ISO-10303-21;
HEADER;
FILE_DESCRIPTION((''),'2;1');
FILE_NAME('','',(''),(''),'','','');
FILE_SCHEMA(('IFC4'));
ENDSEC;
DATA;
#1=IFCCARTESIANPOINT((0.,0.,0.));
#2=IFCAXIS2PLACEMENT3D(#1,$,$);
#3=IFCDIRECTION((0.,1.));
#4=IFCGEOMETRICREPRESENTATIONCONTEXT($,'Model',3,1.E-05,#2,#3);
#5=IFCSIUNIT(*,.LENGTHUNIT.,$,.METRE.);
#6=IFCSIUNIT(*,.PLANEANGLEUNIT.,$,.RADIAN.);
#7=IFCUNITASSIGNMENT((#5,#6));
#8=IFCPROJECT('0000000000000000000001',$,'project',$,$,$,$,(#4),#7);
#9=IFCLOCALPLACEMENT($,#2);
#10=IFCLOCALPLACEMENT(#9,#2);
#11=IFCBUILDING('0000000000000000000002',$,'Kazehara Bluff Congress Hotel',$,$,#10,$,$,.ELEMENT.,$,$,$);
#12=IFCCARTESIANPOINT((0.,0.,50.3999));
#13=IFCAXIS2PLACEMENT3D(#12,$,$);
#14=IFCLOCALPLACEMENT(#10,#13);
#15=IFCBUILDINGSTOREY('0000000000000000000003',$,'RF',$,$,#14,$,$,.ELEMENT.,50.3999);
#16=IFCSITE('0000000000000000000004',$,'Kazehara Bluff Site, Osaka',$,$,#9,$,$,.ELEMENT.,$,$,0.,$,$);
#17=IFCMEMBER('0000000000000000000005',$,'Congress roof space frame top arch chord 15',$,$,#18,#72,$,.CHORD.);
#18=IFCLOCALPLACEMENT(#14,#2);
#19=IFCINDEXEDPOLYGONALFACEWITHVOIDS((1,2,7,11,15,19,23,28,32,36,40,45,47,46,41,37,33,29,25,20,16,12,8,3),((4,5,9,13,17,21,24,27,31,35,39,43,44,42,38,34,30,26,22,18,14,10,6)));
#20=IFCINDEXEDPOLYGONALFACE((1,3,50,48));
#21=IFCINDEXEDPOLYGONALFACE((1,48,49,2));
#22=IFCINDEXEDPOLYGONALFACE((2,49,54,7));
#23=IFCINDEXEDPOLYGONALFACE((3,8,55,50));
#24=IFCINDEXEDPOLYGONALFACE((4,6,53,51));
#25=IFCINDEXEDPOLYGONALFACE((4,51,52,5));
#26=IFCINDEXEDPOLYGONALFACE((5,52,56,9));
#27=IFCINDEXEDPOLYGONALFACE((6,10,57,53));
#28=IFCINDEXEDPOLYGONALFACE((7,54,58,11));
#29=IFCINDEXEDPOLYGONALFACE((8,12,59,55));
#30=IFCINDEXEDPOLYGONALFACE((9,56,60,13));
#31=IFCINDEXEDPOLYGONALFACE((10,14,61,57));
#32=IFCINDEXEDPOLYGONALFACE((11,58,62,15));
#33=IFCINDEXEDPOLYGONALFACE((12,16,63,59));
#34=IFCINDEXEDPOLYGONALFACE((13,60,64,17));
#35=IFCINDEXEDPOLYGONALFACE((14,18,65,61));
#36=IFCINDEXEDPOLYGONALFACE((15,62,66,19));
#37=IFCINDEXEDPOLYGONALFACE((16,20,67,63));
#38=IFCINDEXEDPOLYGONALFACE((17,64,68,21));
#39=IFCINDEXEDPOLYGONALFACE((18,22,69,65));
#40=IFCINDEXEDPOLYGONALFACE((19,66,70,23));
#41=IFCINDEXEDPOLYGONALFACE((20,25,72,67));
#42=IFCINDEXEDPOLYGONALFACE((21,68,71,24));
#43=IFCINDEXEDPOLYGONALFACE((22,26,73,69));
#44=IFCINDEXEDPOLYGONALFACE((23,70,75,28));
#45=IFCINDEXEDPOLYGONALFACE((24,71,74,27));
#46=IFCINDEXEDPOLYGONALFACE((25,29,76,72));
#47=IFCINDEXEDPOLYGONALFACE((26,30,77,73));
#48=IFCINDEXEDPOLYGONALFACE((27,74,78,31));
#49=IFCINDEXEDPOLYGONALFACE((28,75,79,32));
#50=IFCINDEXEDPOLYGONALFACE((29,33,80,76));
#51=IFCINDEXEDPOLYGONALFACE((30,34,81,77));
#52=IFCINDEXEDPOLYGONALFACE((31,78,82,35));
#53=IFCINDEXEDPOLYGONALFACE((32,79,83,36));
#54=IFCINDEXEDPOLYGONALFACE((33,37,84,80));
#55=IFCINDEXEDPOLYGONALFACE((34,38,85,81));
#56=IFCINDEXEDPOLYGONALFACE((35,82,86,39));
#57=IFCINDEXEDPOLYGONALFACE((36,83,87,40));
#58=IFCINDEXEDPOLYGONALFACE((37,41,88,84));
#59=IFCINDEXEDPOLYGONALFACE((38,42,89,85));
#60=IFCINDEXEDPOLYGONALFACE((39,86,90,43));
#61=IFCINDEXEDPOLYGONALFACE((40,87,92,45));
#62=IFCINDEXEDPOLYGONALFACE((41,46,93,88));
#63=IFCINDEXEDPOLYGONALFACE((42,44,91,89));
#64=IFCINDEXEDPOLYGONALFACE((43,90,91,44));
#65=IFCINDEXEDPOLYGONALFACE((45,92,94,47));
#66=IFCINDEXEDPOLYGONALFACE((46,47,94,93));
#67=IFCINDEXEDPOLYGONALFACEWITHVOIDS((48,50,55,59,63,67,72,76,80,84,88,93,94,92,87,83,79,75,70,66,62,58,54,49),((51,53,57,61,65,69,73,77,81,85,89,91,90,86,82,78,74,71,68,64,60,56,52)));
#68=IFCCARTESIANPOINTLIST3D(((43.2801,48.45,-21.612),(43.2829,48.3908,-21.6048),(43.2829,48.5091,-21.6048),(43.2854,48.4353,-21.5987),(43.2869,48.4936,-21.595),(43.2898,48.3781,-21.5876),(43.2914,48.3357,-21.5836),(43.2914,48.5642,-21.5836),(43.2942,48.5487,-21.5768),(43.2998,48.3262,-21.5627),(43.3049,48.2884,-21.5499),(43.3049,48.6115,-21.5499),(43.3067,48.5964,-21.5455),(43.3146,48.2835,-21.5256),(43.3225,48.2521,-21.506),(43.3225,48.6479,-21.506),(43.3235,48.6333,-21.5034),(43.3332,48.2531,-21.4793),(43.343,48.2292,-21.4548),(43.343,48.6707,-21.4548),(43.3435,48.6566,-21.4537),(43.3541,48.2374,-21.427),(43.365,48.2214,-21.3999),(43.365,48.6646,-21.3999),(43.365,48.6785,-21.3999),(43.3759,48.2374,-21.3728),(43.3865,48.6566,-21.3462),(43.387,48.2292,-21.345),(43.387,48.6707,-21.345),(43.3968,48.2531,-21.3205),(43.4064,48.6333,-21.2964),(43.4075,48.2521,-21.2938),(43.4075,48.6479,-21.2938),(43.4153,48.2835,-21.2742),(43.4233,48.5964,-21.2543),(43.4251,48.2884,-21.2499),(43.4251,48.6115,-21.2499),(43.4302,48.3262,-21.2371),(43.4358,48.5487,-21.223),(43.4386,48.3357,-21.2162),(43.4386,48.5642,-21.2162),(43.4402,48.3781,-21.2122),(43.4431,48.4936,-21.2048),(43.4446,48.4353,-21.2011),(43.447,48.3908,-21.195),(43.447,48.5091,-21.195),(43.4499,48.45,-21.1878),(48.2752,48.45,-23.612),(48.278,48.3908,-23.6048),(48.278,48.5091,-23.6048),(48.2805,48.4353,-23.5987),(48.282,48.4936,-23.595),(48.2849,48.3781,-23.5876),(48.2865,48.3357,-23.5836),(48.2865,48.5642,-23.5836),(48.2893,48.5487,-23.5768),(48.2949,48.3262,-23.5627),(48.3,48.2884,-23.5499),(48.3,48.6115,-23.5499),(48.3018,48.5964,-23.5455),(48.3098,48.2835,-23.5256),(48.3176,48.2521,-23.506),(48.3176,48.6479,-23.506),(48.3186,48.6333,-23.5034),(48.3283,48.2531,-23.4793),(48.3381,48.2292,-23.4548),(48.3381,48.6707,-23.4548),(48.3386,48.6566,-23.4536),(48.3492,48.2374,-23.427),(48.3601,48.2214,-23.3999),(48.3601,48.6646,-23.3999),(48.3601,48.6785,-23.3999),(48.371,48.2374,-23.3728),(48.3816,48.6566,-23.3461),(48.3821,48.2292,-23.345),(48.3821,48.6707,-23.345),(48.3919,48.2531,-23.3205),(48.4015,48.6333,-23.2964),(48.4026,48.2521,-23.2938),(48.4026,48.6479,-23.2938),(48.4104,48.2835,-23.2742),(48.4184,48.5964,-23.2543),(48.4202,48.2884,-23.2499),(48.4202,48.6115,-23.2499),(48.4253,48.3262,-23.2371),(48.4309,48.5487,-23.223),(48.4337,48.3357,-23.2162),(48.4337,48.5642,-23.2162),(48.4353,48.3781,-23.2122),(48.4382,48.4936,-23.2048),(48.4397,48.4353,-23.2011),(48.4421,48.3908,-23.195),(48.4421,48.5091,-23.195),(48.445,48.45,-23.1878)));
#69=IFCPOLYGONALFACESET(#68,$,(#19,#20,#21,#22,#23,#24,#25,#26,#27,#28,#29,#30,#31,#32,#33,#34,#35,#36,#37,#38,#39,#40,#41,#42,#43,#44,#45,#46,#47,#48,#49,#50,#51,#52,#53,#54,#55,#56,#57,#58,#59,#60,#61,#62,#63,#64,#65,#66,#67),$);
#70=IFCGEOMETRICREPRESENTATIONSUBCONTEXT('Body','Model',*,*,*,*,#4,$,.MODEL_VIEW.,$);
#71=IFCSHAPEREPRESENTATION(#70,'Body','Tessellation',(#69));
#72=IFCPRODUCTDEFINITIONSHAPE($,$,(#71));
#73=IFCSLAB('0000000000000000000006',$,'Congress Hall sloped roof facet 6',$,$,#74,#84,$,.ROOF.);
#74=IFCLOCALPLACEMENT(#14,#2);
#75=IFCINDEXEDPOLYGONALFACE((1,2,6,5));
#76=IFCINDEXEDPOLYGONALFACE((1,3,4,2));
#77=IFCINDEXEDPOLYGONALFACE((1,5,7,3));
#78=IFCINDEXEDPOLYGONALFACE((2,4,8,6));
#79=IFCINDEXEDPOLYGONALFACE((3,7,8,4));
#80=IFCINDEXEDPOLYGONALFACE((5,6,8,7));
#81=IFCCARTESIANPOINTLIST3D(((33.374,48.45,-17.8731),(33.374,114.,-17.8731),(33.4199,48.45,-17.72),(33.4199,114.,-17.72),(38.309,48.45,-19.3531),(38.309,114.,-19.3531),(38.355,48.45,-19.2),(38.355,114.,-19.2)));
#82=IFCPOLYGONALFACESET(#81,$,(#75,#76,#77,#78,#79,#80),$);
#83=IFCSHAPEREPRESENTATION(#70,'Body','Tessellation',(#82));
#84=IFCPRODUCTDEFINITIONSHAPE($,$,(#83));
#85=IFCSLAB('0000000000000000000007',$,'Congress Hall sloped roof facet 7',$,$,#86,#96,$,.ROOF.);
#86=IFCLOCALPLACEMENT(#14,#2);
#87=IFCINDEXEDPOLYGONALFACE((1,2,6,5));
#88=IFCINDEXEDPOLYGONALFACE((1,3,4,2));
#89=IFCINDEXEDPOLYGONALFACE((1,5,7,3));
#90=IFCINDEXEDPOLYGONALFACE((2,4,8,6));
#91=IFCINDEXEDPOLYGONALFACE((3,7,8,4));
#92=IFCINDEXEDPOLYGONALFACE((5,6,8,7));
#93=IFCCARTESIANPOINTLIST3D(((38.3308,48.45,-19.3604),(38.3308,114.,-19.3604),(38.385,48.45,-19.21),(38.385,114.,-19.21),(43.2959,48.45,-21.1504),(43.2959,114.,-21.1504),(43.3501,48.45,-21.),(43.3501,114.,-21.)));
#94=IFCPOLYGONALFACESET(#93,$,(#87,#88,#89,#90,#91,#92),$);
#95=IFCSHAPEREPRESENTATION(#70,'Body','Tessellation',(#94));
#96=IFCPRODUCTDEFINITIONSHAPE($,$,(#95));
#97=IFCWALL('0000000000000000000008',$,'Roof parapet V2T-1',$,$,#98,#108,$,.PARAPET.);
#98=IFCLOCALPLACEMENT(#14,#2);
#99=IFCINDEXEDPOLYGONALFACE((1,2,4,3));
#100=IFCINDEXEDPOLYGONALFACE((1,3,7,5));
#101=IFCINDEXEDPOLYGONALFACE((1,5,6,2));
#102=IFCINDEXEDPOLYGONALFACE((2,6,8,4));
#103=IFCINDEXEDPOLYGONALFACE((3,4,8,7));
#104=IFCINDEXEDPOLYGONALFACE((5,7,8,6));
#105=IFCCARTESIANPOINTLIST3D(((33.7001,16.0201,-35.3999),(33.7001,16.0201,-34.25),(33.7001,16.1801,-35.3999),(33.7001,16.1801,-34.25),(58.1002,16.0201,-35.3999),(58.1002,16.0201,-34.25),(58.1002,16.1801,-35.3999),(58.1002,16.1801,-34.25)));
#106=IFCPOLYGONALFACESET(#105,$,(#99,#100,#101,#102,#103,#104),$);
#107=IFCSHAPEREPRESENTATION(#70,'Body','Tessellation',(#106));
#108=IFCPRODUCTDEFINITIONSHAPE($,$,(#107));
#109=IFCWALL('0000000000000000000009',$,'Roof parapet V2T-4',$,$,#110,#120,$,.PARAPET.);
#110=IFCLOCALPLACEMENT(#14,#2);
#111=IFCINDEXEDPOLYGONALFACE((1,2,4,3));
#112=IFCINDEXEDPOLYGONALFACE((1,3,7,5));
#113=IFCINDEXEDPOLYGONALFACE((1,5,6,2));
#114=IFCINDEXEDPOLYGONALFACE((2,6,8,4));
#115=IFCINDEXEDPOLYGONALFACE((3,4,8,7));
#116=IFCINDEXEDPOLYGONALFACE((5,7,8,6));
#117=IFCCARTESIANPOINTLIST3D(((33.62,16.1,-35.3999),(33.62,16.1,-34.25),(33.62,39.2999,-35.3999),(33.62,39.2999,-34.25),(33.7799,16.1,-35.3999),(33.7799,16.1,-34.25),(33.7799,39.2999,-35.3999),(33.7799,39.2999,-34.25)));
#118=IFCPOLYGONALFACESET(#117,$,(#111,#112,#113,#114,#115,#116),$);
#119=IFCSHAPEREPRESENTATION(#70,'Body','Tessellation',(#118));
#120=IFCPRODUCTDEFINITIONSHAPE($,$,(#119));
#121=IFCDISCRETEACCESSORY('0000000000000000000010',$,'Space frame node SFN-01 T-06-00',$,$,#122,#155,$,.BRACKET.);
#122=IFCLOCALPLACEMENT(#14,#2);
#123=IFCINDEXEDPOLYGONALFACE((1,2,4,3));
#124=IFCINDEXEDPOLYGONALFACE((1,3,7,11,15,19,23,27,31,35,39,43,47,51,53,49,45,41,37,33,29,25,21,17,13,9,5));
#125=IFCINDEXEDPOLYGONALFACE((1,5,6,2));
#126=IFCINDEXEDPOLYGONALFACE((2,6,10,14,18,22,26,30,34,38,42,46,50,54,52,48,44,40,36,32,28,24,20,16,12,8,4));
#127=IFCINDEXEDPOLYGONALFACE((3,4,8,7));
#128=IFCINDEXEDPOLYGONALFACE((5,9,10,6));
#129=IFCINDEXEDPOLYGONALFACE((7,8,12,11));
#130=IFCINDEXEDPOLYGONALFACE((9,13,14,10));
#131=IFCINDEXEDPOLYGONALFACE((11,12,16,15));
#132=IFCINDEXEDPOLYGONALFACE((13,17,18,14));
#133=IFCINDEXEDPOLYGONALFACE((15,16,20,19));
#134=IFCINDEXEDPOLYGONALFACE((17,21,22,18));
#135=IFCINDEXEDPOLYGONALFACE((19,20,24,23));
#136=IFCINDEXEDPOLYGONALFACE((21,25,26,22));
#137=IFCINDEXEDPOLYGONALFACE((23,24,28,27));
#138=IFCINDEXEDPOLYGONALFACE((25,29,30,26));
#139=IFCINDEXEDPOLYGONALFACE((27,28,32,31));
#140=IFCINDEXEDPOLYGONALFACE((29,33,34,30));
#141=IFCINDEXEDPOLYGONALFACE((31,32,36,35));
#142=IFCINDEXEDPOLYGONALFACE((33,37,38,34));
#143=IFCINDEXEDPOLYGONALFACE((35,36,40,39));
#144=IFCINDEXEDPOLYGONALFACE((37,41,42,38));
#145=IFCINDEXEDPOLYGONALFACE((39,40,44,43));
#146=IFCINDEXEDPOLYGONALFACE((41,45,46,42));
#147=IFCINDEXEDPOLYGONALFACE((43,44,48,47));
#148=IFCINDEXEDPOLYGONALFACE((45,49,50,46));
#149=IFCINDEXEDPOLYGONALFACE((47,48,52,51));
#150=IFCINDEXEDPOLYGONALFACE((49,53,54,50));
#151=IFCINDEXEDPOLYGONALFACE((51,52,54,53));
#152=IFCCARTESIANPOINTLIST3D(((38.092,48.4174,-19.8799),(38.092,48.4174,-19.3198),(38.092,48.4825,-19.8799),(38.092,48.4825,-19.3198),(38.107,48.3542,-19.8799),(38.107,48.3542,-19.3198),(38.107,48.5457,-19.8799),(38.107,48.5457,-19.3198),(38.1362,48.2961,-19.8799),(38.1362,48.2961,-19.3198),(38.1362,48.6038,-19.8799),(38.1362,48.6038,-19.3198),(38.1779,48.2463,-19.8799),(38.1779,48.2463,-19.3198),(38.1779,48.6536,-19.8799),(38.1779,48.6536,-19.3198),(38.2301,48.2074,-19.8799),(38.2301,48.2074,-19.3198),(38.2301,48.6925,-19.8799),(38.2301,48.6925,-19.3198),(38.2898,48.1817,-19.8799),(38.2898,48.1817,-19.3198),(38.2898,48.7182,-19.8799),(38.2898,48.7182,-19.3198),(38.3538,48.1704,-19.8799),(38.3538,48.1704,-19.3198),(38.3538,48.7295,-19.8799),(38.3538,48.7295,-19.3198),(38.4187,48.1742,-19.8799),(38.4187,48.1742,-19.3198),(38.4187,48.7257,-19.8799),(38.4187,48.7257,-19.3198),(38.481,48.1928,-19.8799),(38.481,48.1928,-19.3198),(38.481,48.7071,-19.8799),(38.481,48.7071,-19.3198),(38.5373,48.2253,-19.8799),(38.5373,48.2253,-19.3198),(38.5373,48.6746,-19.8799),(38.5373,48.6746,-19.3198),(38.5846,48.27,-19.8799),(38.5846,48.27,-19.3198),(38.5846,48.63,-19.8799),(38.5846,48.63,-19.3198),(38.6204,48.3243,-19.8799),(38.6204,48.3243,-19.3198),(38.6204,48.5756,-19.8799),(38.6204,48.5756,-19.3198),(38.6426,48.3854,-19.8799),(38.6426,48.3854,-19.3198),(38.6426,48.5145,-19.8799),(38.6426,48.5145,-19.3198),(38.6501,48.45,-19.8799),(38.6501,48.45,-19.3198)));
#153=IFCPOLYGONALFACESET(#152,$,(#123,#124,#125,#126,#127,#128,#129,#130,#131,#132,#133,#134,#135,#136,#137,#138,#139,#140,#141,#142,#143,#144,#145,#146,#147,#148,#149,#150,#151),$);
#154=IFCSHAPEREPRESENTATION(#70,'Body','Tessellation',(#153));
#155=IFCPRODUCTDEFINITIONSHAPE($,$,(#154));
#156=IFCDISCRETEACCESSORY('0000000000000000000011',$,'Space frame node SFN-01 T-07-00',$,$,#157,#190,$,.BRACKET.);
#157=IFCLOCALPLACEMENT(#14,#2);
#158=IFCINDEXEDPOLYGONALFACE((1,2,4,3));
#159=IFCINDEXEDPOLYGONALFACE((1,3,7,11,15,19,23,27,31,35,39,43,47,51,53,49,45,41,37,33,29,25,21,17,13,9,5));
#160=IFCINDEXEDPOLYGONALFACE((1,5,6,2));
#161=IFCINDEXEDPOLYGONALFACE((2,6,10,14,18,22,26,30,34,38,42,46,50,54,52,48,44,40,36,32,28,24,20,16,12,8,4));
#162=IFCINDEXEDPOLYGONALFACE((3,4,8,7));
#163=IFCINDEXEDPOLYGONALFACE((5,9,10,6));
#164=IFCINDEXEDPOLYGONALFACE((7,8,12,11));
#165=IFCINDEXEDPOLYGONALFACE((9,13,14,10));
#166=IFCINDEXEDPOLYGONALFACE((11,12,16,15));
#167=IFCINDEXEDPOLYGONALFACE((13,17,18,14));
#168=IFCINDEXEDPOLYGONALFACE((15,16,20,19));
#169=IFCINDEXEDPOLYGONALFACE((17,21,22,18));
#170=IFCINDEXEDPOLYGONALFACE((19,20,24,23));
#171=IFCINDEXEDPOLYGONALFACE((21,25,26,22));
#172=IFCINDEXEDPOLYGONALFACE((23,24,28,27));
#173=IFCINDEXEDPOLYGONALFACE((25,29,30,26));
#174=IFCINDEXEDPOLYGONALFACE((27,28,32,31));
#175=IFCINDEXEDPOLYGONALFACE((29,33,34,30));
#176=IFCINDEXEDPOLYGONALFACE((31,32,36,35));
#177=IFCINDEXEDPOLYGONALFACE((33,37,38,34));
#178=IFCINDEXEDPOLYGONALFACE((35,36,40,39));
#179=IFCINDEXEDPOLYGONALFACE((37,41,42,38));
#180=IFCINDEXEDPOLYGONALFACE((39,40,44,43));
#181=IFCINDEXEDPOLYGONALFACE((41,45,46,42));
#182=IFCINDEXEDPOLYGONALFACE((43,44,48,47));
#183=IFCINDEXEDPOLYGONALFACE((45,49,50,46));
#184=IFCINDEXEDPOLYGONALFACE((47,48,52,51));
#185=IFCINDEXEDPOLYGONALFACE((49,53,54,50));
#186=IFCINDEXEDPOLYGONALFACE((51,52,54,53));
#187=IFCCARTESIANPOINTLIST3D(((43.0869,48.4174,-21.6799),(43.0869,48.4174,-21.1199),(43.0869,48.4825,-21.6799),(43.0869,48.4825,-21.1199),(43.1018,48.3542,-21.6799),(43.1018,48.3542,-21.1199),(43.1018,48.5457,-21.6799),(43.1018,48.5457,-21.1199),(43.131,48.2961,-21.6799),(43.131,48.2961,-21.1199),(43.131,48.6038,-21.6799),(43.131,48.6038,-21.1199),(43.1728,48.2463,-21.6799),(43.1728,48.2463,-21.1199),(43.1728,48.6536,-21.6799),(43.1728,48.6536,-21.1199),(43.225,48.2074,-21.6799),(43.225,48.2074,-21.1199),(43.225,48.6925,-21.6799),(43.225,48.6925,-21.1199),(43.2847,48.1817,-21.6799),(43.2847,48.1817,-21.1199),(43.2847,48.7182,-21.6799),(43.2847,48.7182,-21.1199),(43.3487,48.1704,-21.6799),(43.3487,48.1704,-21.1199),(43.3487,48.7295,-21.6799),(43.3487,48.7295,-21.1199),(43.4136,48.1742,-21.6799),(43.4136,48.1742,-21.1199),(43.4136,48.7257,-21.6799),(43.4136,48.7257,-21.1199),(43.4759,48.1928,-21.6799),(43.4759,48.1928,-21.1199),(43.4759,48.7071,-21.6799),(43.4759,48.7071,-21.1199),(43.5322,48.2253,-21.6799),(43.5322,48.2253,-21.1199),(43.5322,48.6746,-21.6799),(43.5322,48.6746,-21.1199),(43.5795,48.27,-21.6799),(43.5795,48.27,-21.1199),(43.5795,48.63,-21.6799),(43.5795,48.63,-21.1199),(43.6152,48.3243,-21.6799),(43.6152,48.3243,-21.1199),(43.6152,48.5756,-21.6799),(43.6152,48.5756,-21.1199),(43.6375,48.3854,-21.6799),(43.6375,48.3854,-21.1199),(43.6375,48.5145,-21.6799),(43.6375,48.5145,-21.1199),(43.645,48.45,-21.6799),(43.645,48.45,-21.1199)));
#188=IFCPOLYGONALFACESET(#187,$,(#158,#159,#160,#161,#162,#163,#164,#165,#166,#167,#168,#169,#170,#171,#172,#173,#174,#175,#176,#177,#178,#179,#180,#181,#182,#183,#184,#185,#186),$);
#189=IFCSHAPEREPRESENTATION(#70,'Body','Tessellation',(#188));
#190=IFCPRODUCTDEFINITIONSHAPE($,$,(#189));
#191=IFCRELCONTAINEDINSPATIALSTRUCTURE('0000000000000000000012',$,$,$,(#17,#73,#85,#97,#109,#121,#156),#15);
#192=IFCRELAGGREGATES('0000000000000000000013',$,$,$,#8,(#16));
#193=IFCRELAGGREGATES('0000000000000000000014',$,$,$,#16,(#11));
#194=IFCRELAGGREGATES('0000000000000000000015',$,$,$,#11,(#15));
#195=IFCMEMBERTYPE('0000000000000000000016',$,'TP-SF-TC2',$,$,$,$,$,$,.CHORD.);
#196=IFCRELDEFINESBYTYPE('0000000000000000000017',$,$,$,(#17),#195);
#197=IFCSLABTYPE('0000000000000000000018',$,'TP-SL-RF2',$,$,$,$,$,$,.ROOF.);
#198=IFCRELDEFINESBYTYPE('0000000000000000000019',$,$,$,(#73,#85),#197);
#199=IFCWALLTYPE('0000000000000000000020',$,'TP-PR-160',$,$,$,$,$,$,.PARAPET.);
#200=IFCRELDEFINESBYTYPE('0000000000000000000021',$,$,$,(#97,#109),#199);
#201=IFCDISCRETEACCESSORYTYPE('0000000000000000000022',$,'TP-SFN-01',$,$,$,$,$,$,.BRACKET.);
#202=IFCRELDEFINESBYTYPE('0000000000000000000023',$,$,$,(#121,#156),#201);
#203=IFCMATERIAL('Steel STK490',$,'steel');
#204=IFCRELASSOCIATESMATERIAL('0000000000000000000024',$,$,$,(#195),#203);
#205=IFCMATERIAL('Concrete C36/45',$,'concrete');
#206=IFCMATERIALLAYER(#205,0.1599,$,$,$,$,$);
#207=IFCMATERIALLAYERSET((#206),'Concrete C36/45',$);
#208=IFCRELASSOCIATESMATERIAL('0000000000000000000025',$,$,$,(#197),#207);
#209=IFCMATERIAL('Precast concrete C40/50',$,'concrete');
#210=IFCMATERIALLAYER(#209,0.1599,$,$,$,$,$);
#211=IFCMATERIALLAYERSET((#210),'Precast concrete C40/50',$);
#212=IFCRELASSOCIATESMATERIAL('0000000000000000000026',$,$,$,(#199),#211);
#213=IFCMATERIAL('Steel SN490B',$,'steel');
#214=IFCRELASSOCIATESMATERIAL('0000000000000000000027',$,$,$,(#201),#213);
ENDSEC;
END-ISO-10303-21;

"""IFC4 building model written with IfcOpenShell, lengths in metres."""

from ifc_helpers import new_model, si_unit, direction, frame, frame_2d, origin, origin_2d, place, context, subcontext, project, spatial, polyline, rectangle, circle, hollow_circle, outline, extrude, material, layer, layer_set, material_profile, profile_set, type_object, element, save


model = new_model("IFC4")

# Units and contexts
model_context = context("Model", 3, precision=1e-05, world=origin(), true_north=direction((0.0, 1.0)))
body_context = subcontext(model_context, "Body", "Model", "MODEL_VIEW")
ifc_project = project(units=[si_unit("LENGTHUNIT", "METRE"), si_unit("PLANEANGLEUNIT", "RADIAN")], contexts=[model_context])

# Site, building, storey
site_placement = place(None, origin())
site = spatial("IfcSite", under=ifc_project, at=site_placement, Name="Kazehara Bluff Site, Osaka", CompositionType="ELEMENT", RefElevation=0.0)
building_placement = place(site_placement, origin())
building = spatial("IfcBuilding", under=site, at=building_placement, Name="Kazehara Bluff Congress Hotel", CompositionType="ELEMENT")
storey_placement = place(building_placement, frame((0.0, 0.0, 50.3999)))
storey = spatial("IfcBuildingStorey", under=building, at=storey_placement, Name="RF", CompositionType="ELEMENT", Elevation=50.3999)

# Member
ifc_material_1 = material(Name="Steel STK490", Category="steel")
ifc_material_profile_1 = material_profile(ifc_material_1, hollow_circle(Radius=0.2285, WallThickness=0.0139, at=origin_2d()))
ifc_profile_set_1 = profile_set([ifc_material_profile_1], Name="Steel STK490")
member_type_1 = type_object("IfcMemberType", Name="TP-SF-TC2", PredefinedType="CHORD", material=ifc_profile_set_1)
member_1_placement = place(storey_placement, frame((43.365, 48.45, -21.3999), z_axis=(0.928351, 0.0, -0.371704), x_axis=(0.0, 1.0, 0.0)))
element("IfcMember", 1, at=member_1_placement, inside=storey, type_object=member_type_1, Name="Congress roof space frame top arch chord 15", PredefinedType="CHORD", context=body_context, shape_type="SweptSolid", body=[
    extrude(hollow_circle(Radius=0.2285, WallThickness=0.0139, at=origin_2d()), origin(), (0.0, 0.0, 1.0), 5.3806),
])

# Slabs
ifc_material_2 = material(Name="Concrete C36/45", Category="concrete")
ifc_layer_1 = layer(ifc_material_2, 0.1599)
ifc_layer_set_1 = layer_set([ifc_layer_1], Name="Concrete C36/45")
slab_type = type_object("IfcSlabType", Name="TP-SL-RF2", PredefinedType="ROOF", material=ifc_layer_set_1)
slab_1_placement = place(storey_placement, frame((33.4199, 48.45, -17.72), z_axis=(0.287252, 0.0, 0.957855), x_axis=(0.957855, 0.0, -0.287252)))
element("IfcSlab", 2, at=slab_1_placement, inside=storey, type_object=slab_type, Name="Congress Hall sloped roof facet 6", PredefinedType="ROOF", context=body_context, shape_type="SweptSolid", body=[
    extrude(outline(polyline([(0.0, 0.0), (5.1522, 0.0), (5.1522, 65.55), (0.0, 65.55), (0.0, 0.0)])), origin(), (0.0, 0.0, -1.0), 0.1599),
])
slab_2_placement = place(storey_placement, frame((38.385, 48.45, -19.21), z_axis=(0.339157, 0.0, 0.94073), x_axis=(0.94073, 0.0, -0.339157)))
element("IfcSlab", 3, at=slab_2_placement, inside=storey, type_object=slab_type, Name="Congress Hall sloped roof facet 7", PredefinedType="ROOF", context=body_context, shape_type="SweptSolid", body=[
    extrude(outline(polyline([(0.0, 0.0), (5.2779, 0.0), (5.2779, 65.55), (0.0, 65.55), (0.0, 0.0)])), origin(), (0.0, 0.0, -1.0), 0.1599),
])

# Walls
ifc_material_3 = material(Name="Precast concrete C40/50", Category="concrete")
ifc_layer_2 = layer(ifc_material_3, 0.1599)
ifc_layer_set_2 = layer_set([ifc_layer_2], Name="Precast concrete C40/50")
wall_type = type_object("IfcWallType", Name="TP-PR-160", PredefinedType="PARAPET", material=ifc_layer_set_2)
wall_1_placement = place(storey_placement, frame((33.7, 16.1001, -35.3999), z_axis=(0.0, 0.0, 1.0), x_axis=(1.0, 0.0, 0.0)))
element("IfcWall", 4, at=wall_1_placement, inside=storey, type_object=wall_type, Name="Roof parapet V2T-1", PredefinedType="PARAPET", context=body_context, shape_type="SweptSolid", body=[
    extrude(rectangle(XDim=24.4001, YDim=0.1599, at=frame_2d((12.2002, 0.0))), origin(), (0.0, 0.0, 1.0), 1.1499),
])
wall_2_placement = place(storey_placement, frame((33.7, 39.3, -35.3999), z_axis=(0.0, 0.0, 1.0), x_axis=(0.0, -1.0, 0.0)))
element("IfcWall", 5, at=wall_2_placement, inside=storey, type_object=wall_type, Name="Roof parapet V2T-4", PredefinedType="PARAPET", context=body_context, shape_type="SweptSolid", body=[
    extrude(rectangle(XDim=23.2, YDim=0.1599, at=frame_2d((11.6001, 0.0))), origin(), (0.0, 0.0, 1.0), 1.1499),
])

# Discrete accessories
ifc_material_4 = material(Name="Steel SN490B", Category="steel")
ifc_material_profile_2 = material_profile(ifc_material_4, circle(Radius=0.28, at=origin_2d()))
ifc_profile_set_2 = profile_set([ifc_material_profile_2], Name="Steel SN490B")
discrete_accessory_type_1 = type_object("IfcDiscreteAccessoryType", Name="TP-SFN-01", PredefinedType="BRACKET", material=ifc_profile_set_2)
for number, where, z_axis, x_axis, name in (
    (6, (38.3701, 48.45, -19.8799), (0.0, 0.0, 1.0), (1.0, 0.0, 0.0), "Space frame node SFN-01 T-06-00"),
    (7, (43.365, 48.45, -21.6799), (0.0, 0.0, 1.0), (1.0, 0.0, 0.0), "Space frame node SFN-01 T-07-00"),
):
    element("IfcDiscreteAccessory", number, at=place(storey_placement, frame(where, z_axis=z_axis, x_axis=x_axis)), inside=storey, type_object=discrete_accessory_type_1, Name=name, PredefinedType="BRACKET", context=body_context, shape_type="SweptSolid", body=[
        extrude(circle(Radius=0.28, at=origin_2d()), origin(), (0.0, 0.0, 1.0), 0.5601),
    ])

save(model, "model.ifc")
